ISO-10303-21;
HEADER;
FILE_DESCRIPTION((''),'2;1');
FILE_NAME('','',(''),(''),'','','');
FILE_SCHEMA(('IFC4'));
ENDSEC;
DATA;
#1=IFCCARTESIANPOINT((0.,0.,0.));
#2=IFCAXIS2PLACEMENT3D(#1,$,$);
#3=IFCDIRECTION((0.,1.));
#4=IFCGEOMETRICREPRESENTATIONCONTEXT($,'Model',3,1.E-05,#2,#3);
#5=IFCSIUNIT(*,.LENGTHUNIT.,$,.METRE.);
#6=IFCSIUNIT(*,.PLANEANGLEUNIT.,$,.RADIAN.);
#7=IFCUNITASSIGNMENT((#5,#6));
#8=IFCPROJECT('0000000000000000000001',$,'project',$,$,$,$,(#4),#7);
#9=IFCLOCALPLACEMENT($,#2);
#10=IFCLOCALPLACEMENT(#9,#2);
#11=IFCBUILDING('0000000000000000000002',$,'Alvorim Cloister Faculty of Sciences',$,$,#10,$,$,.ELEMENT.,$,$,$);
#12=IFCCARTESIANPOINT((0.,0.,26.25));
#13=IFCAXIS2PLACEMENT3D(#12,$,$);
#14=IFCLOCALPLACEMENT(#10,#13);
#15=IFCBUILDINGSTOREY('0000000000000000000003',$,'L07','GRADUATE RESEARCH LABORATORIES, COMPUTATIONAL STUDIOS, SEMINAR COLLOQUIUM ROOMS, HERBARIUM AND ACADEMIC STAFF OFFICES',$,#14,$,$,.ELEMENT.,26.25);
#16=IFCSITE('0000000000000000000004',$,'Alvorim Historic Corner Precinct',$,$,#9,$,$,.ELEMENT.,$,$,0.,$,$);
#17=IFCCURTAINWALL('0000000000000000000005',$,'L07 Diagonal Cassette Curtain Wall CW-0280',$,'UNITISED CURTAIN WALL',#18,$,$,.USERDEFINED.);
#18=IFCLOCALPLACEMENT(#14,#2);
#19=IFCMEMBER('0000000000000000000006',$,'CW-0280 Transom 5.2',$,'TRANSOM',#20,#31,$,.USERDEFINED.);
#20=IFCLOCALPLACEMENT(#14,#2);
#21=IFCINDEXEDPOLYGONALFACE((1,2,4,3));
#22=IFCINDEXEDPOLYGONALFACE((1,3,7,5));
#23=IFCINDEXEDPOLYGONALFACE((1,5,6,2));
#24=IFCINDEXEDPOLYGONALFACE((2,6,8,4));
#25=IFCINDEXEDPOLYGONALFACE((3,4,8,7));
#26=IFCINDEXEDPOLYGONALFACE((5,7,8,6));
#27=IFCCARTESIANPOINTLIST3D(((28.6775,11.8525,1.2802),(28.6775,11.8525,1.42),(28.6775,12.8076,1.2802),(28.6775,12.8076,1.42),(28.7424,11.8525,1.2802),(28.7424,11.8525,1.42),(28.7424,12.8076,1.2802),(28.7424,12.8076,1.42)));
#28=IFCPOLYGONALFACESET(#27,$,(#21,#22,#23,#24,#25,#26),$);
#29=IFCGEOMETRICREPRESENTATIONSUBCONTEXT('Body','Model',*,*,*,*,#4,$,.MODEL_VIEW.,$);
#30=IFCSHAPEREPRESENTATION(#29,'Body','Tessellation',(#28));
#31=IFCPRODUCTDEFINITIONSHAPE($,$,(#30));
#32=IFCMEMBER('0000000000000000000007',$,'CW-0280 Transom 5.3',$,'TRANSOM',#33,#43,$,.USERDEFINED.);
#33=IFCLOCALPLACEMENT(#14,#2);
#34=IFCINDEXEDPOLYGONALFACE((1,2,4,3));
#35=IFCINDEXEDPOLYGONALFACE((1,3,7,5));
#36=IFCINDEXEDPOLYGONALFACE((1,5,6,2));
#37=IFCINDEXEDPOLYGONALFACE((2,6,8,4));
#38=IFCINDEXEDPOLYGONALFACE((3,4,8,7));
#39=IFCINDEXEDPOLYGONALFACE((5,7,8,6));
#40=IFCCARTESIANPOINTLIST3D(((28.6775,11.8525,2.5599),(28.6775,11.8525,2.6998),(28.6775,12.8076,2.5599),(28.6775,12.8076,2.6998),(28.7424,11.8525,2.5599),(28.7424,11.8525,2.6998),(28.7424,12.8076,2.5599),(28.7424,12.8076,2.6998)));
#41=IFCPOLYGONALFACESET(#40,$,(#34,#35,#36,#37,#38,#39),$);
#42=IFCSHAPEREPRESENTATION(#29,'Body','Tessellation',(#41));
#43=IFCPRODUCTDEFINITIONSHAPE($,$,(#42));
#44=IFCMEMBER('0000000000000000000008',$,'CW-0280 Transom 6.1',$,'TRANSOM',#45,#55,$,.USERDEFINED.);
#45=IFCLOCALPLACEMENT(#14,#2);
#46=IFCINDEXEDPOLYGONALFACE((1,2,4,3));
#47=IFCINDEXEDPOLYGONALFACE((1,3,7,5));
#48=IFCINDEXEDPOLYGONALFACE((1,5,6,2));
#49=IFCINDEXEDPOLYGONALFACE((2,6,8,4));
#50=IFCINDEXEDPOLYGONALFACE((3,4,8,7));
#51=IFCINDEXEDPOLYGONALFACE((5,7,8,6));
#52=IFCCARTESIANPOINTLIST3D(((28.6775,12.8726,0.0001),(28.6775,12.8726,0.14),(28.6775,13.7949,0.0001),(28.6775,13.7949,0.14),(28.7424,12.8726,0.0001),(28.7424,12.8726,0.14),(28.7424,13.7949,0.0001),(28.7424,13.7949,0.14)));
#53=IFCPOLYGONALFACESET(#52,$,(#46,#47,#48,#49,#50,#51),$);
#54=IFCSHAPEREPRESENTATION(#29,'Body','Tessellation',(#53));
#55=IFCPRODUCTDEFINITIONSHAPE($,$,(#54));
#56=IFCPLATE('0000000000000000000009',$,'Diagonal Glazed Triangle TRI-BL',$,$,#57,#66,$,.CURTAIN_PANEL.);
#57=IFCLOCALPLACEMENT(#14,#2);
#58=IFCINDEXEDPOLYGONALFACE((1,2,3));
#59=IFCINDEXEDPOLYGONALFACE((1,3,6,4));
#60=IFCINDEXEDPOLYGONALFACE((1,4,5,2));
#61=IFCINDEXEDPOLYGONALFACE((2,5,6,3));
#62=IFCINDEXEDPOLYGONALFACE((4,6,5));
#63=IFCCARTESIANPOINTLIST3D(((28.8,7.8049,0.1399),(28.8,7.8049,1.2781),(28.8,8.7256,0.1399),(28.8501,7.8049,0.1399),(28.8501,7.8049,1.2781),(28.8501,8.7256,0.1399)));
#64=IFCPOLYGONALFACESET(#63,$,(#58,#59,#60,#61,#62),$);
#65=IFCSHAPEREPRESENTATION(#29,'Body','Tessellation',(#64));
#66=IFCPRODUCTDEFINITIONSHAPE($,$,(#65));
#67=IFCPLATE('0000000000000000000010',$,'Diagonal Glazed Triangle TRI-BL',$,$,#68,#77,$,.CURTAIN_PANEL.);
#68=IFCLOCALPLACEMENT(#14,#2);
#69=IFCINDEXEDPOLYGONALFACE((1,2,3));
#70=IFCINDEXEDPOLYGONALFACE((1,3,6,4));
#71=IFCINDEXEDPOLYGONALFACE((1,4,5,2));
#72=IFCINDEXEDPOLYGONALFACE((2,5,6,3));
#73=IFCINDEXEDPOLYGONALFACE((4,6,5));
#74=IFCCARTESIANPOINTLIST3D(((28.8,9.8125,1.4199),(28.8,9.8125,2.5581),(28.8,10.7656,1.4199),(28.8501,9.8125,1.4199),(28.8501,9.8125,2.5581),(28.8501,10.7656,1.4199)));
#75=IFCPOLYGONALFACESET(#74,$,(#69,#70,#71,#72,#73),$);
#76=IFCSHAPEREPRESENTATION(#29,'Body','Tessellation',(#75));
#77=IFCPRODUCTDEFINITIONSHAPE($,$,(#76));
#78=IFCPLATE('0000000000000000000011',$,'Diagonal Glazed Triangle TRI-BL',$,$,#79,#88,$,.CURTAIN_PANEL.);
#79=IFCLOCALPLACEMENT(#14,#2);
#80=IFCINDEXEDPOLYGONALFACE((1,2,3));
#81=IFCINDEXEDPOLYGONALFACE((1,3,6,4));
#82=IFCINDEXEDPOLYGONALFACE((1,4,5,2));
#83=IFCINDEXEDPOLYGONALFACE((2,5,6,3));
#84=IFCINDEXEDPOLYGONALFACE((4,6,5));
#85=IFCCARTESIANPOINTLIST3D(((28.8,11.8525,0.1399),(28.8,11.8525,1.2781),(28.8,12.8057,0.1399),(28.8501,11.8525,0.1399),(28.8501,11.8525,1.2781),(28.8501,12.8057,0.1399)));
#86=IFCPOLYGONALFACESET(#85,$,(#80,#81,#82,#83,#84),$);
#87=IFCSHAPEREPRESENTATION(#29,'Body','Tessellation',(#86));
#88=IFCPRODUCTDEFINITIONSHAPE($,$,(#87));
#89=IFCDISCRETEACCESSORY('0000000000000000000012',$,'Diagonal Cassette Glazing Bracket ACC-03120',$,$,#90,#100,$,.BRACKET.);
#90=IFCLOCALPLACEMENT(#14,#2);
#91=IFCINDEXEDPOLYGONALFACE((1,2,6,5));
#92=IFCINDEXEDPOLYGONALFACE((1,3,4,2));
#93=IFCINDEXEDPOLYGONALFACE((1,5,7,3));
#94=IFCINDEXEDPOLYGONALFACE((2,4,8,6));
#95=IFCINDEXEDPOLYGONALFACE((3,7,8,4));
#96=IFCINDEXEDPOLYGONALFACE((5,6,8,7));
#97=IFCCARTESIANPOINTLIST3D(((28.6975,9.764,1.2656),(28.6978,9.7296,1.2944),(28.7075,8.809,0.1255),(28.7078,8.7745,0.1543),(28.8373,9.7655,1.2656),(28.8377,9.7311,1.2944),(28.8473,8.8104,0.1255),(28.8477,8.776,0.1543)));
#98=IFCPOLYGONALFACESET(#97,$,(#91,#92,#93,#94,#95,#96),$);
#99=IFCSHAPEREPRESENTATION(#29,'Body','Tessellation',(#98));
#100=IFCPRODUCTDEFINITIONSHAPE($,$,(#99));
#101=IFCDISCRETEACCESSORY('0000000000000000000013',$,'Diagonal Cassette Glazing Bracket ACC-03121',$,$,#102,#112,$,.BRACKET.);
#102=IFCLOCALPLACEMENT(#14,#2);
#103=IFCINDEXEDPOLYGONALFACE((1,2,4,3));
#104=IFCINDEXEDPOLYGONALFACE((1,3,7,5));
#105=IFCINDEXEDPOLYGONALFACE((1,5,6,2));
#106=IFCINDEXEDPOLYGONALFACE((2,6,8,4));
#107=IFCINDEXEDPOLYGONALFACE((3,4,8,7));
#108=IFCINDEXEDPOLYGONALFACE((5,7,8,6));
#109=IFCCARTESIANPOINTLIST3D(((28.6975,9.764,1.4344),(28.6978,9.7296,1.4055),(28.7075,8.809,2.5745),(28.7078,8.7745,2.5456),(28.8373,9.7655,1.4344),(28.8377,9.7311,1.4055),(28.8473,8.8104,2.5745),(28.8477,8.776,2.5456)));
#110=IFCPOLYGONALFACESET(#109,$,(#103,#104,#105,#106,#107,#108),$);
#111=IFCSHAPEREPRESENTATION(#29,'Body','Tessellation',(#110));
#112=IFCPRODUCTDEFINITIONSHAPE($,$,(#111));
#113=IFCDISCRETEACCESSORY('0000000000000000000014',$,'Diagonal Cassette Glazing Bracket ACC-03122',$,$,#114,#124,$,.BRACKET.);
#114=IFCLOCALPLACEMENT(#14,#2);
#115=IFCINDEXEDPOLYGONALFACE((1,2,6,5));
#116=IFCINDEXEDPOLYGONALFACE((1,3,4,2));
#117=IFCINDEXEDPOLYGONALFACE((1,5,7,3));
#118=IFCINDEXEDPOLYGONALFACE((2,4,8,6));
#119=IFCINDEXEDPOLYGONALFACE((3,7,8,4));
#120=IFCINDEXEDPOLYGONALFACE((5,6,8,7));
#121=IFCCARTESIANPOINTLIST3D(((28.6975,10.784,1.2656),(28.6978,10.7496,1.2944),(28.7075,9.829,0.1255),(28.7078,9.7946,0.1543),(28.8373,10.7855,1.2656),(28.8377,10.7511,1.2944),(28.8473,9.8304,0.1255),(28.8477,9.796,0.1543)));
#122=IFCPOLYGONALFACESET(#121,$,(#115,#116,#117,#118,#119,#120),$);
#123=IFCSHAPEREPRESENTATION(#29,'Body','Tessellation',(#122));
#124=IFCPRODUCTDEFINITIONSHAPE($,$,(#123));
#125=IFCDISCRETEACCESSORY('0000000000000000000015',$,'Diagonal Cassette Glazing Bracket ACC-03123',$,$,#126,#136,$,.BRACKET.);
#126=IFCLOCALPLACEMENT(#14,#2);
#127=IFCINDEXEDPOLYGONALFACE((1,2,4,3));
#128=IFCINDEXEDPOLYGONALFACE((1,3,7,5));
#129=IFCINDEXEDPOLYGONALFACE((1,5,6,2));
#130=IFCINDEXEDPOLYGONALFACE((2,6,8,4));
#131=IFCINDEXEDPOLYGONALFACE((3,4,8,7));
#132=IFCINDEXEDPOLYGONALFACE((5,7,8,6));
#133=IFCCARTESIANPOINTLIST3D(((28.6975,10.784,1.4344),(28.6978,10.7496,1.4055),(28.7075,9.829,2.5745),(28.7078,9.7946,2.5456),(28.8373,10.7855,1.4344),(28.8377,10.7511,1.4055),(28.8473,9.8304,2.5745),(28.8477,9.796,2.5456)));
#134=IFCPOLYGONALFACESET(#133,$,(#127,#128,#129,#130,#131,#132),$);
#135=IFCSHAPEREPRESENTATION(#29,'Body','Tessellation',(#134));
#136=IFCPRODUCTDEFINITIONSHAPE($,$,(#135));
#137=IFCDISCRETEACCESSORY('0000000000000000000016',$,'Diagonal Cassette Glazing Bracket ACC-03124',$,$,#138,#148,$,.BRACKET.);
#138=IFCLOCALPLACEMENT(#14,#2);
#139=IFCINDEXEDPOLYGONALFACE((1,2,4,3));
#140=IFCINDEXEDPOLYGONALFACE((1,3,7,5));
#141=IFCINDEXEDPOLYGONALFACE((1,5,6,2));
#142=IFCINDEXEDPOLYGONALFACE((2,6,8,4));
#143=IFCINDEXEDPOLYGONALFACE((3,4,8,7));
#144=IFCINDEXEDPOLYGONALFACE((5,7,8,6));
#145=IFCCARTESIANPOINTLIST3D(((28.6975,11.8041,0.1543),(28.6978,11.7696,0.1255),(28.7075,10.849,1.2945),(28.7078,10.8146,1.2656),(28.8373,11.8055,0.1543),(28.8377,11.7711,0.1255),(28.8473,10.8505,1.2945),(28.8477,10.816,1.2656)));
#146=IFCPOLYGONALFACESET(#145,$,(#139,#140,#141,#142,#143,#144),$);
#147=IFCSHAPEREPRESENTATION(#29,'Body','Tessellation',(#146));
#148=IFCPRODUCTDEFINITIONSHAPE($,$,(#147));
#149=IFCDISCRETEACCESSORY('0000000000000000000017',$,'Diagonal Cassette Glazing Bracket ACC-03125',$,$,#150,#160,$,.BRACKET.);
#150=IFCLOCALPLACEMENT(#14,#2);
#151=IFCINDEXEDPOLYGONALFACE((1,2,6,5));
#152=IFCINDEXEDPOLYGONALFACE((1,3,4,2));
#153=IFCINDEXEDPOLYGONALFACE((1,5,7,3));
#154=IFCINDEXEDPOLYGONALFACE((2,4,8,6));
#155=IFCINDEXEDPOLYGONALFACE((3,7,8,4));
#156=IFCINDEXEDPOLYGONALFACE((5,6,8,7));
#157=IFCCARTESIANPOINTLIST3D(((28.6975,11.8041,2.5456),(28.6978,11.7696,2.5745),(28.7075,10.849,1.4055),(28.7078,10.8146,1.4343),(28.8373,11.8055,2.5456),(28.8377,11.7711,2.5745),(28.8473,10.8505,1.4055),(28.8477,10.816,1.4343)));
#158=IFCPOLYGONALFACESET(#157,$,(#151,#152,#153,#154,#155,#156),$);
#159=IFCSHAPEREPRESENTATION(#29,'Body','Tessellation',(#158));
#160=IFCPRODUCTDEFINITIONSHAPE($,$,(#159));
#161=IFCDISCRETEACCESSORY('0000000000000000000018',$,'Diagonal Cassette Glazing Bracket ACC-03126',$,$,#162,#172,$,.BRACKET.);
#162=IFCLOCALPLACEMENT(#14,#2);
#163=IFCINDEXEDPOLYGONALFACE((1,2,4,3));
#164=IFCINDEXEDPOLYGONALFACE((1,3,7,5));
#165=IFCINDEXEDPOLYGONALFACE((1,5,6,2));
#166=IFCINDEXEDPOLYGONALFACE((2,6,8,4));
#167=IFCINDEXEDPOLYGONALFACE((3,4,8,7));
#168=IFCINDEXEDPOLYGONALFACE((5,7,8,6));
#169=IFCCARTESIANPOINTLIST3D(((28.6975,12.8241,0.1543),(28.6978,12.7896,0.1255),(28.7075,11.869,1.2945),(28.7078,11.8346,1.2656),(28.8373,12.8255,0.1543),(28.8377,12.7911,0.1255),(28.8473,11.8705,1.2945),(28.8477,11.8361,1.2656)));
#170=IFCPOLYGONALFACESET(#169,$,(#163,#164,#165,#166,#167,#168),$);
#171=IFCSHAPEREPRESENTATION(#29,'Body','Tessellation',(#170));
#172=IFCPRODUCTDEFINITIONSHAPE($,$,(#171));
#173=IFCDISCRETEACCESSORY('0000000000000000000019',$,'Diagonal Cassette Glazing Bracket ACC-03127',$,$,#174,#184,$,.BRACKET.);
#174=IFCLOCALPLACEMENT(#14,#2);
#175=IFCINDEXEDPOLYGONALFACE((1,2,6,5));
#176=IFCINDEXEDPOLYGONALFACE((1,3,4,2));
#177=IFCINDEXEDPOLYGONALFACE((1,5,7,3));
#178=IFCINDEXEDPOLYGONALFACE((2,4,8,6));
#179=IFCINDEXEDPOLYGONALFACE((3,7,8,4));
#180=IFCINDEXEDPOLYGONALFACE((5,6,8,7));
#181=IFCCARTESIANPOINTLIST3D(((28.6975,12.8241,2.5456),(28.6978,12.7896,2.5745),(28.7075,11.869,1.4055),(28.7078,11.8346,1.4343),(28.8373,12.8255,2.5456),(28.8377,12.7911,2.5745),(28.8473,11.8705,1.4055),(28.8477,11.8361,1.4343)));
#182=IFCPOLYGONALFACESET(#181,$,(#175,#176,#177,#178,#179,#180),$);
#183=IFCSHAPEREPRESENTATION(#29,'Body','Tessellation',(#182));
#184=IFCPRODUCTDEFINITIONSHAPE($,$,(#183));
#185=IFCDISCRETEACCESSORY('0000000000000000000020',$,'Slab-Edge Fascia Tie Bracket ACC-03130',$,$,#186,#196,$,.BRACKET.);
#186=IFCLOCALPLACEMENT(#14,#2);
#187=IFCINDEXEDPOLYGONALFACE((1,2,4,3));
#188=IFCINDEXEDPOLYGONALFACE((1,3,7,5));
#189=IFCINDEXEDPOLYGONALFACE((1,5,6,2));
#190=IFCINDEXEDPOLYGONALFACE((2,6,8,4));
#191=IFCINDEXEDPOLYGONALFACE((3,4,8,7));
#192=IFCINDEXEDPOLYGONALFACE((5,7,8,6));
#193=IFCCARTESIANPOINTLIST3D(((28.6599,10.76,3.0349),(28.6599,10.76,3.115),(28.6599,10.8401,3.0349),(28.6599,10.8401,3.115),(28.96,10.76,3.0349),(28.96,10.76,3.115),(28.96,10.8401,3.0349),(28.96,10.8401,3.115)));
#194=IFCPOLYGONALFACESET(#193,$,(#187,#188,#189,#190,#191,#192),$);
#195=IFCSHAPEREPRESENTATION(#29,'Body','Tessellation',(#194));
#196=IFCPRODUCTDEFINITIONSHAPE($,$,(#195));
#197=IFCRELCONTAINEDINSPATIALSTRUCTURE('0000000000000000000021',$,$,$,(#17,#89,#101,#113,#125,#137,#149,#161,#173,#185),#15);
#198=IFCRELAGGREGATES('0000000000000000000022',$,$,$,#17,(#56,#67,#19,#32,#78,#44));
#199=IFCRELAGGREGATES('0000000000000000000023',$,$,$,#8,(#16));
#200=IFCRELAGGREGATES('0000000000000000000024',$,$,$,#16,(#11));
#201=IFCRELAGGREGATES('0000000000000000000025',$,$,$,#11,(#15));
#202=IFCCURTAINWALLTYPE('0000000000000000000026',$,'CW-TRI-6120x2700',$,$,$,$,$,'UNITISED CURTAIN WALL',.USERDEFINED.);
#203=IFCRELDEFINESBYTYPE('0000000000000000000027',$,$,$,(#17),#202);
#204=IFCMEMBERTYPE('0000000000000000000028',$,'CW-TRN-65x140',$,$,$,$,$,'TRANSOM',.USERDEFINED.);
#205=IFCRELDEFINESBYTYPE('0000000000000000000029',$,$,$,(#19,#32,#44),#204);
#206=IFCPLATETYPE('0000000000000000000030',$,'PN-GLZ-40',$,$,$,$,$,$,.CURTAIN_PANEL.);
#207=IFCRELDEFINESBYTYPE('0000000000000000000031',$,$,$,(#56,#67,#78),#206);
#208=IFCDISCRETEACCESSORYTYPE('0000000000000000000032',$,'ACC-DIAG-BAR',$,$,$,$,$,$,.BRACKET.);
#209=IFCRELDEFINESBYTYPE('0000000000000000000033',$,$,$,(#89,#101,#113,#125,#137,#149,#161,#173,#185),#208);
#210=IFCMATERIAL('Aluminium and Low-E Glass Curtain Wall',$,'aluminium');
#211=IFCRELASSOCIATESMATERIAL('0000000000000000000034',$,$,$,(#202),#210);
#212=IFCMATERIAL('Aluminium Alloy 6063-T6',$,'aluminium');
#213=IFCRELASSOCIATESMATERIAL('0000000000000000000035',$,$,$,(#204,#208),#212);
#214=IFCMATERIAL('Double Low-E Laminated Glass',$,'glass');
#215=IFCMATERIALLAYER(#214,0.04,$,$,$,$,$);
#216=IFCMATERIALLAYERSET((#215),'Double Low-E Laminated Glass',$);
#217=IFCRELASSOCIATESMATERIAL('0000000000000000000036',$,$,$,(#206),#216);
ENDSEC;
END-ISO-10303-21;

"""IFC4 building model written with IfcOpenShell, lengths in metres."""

from ifc_helpers import new_model, si_unit, direction, frame, origin, origin_2d, place, context, subcontext, project, spatial, polyline, rectangle, outline, extrude, material, layer, layer_set, material_profile, profile_set, type_object, element, aggregate, save


model = new_model("IFC4")

# Units and contexts
model_context = context("Model", 3, precision=1e-05, world=origin(), true_north=direction((0.0, 1.0)))
body_context = subcontext(model_context, "Body", "Model", "MODEL_VIEW")
ifc_project = project(units=[si_unit("LENGTHUNIT", "METRE"), si_unit("PLANEANGLEUNIT", "RADIAN")], contexts=[model_context])

# Site, building, storey
site_placement = place(None, origin())
site = spatial("IfcSite", under=ifc_project, at=site_placement, Name="Alvorim Historic Corner Precinct", CompositionType="ELEMENT", RefElevation=0.0)
building_placement = place(site_placement, origin())
building = spatial("IfcBuilding", under=site, at=building_placement, Name="Alvorim Cloister Faculty of Sciences", CompositionType="ELEMENT")
storey_placement = place(building_placement, frame((0.0, 0.0, 26.25)))
storey = spatial("IfcBuildingStorey", under=building, at=storey_placement, Name="L07", Description="GRADUATE RESEARCH LABORATORIES, COMPUTATIONAL STUDIOS, SEMINAR COLLOQUIUM ROOMS, HERBARIUM AND ACADEMIC STAFF OFFICES", CompositionType="ELEMENT", Elevation=26.25)

# Curtain wall, members, plates
ifc_material_1 = material(Name="Aluminium and Low-E Glass Curtain Wall", Category="aluminium")
curtain_wall_type = type_object("IfcCurtainWallType", Name="CW-TRI-6120x2700", ElementType="UNITISED CURTAIN WALL", PredefinedType="USERDEFINED", material=ifc_material_1)
curtain_wall_placement = place(storey_placement, origin())
curtain_wall = element("IfcCurtainWall", 1, at=curtain_wall_placement, inside=storey, type_object=curtain_wall_type, Name="L07 Diagonal Cassette Curtain Wall CW-0280", ObjectType="UNITISED CURTAIN WALL", PredefinedType="USERDEFINED")
ifc_material_2 = material(Name="Aluminium Alloy 6063-T6", Category="aluminium")
ifc_material_profile_1 = material_profile(ifc_material_2, rectangle(XDim=0.0649, YDim=0.1399, at=origin_2d()), Name="ALU-TRN-65x140")
ifc_profile_set_1 = profile_set([ifc_material_profile_1], Name="Aluminium Alloy 6063-T6")
member_type_1 = type_object("IfcMemberType", Name="CW-TRN-65x140", ElementType="TRANSOM", PredefinedType="USERDEFINED", material=ifc_profile_set_1)
member_1_placement = place(storey_placement, frame((28.71, 11.8525, 1.3501), z_axis=(0.0, 1.0, 0.0), x_axis=(-1.0, 0.0, 0.0)))
member_1 = element("IfcMember", 2, at=member_1_placement, type_object=member_type_1, Name="CW-0280 Transom 5.2", ObjectType="TRANSOM", PredefinedType="USERDEFINED", context=body_context, shape_type="SweptSolid", body=[
    extrude(rectangle(XDim=0.0649, YDim=0.1399, at=origin_2d()), origin(), (0.0, 0.0, 1.0), 0.9551),
])
member_2_placement = place(storey_placement, frame((28.71, 11.8525, 2.6299), z_axis=(0.0, 1.0, 0.0), x_axis=(-1.0, 0.0, 0.0)))
member_2 = element("IfcMember", 3, at=member_2_placement, type_object=member_type_1, Name="CW-0280 Transom 5.3", ObjectType="TRANSOM", PredefinedType="USERDEFINED", context=body_context, shape_type="SweptSolid", body=[
    extrude(rectangle(XDim=0.0649, YDim=0.1399, at=origin_2d()), origin(), (0.0, 0.0, 1.0), 0.9551),
])
member_3_placement = place(storey_placement, frame((28.71, 12.8726, 0.0701), z_axis=(0.0, 1.0, 0.0), x_axis=(-1.0, 0.0, 0.0)))
member_3 = element("IfcMember", 4, at=member_3_placement, type_object=member_type_1, Name="CW-0280 Transom 6.1", ObjectType="TRANSOM", PredefinedType="USERDEFINED", context=body_context, shape_type="SweptSolid", body=[
    extrude(rectangle(XDim=0.0649, YDim=0.1399, at=origin_2d()), origin(), (0.0, 0.0, 1.0), 0.9224),
])
ifc_material_3 = material(Name="Double Low-E Laminated Glass", Category="glass")
ifc_layer = layer(ifc_material_3, 0.04)
ifc_layer_set = layer_set([ifc_layer], Name="Double Low-E Laminated Glass")
plate_type = type_object("IfcPlateType", Name="PN-GLZ-40", PredefinedType="CURTAIN_PANEL", material=ifc_layer_set)
plate_1_placement = place(storey_placement, frame((28.825, 7.8049, 0.1399), z_axis=(0.0, 0.0, 1.0), x_axis=(0.0, 1.0, 0.0)))
plate_1 = element("IfcPlate", 5, at=plate_1_placement, type_object=plate_type, Name="Diagonal Glazed Triangle TRI-BL", PredefinedType="CURTAIN_PANEL", context=body_context, shape_type="SweptSolid", body=[
    extrude(outline(polyline([(0.0, 0.0), (0.9207, 0.0), (0.0, 1.1382), (0.0, 0.0)])), frame((0.0, 0.0249, 0.0), z_axis=(0.0, -1.0, 0.0), x_axis=(1.0, 0.0, 0.0)), (0.0, 0.0, 1.0), 0.05),
])
plate_2_placement = place(storey_placement, frame((28.825, 9.8125, 1.4199), z_axis=(0.0, 0.0, 1.0), x_axis=(0.0, 1.0, 0.0)))
plate_2 = element("IfcPlate", 6, at=plate_2_placement, type_object=plate_type, Name="Diagonal Glazed Triangle TRI-BL", PredefinedType="CURTAIN_PANEL", context=body_context, shape_type="SweptSolid", body=[
    extrude(outline(polyline([(0.0, 0.0), (0.9531, 0.0), (0.0, 1.1382), (0.0, 0.0)])), frame((0.0, 0.0249, 0.0), z_axis=(0.0, -1.0, 0.0), x_axis=(1.0, 0.0, 0.0)), (0.0, 0.0, 1.0), 0.05),
])
plate_3_placement = place(storey_placement, frame((28.825, 11.8525, 0.1399), z_axis=(0.0, 0.0, 1.0), x_axis=(0.0, 1.0, 0.0)))
plate_3 = element("IfcPlate", 7, at=plate_3_placement, type_object=plate_type, Name="Diagonal Glazed Triangle TRI-BL", PredefinedType="CURTAIN_PANEL", context=body_context, shape_type="SweptSolid", body=[
    extrude(outline(polyline([(0.0, 0.0), (0.9531, 0.0), (0.0, 1.1382), (0.0, 0.0)])), frame((0.0, 0.0249, 0.0), z_axis=(0.0, -1.0, 0.0), x_axis=(1.0, 0.0, 0.0)), (0.0, 0.0, 1.0), 0.05),
])
aggregate(curtain_wall, [plate_1, plate_2, member_1, member_2, plate_3, member_3])

# Discrete accessories
discrete_accessory_type = type_object("IfcDiscreteAccessoryType", Name="ACC-DIAG-BAR", PredefinedType="BRACKET", material=ifc_material_2)
for number, where, z_axis, x_axis, name in (
    (8, (28.7776, 8.7925, 0.1399), (-0.00673, 0.642138, 0.76656), (-0.999945, -0.01048, 0.0), "Diagonal Cassette Glazing Bracket ACC-03120"),
    (9, (28.7776, 8.7925, 2.5601), (-0.00673, 0.642138, -0.76656), (-0.999945, -0.01048, 0.0), "Diagonal Cassette Glazing Bracket ACC-03121"),
    (10, (28.7776, 9.8125, 0.1399), (-0.00673, 0.642138, 0.76656), (-0.999945, -0.01048, 0.0), "Diagonal Cassette Glazing Bracket ACC-03122"),
    (11, (28.7776, 9.8125, 2.5601), (-0.00673, 0.642138, -0.76656), (-0.999945, -0.01048, 0.0), "Diagonal Cassette Glazing Bracket ACC-03123"),
    (12, (28.7776, 10.8325, 1.28), (-0.00673, 0.642138, -0.76656), (-0.999945, -0.01048, 0.0), "Diagonal Cassette Glazing Bracket ACC-03124"),
    (13, (28.7776, 10.8325, 1.4199), (-0.00673, 0.642138, 0.76656), (-0.999945, -0.01048, 0.0), "Diagonal Cassette Glazing Bracket ACC-03125"),
    (14, (28.7776, 11.8525, 1.28), (-0.00673, 0.642138, -0.76656), (-0.999945, -0.01048, 0.0), "Diagonal Cassette Glazing Bracket ACC-03126"),
    (15, (28.7776, 11.8525, 1.4199), (-0.00673, 0.642138, 0.76656), (-0.999945, -0.01048, 0.0), "Diagonal Cassette Glazing Bracket ACC-03127"),
):
    element("IfcDiscreteAccessory", number, at=place(storey_placement, frame(where, z_axis=z_axis, x_axis=x_axis)), inside=storey, type_object=discrete_accessory_type, Name=name, PredefinedType="BRACKET", context=body_context, shape_type="SweptSolid", body=[
        extrude(rectangle(XDim=0.1399, YDim=0.0449, at=origin_2d()), origin(), (0.0, 0.0, 1.0), 1.4873),
    ])
discrete_accessory_placement = place(storey_placement, frame((28.6599, 10.8, 3.075), z_axis=(1.0, 0.0, 0.0), x_axis=(0.0, 1.0, 0.0)))
element("IfcDiscreteAccessory", 16, at=discrete_accessory_placement, inside=storey, type_object=discrete_accessory_type, Name="Slab-Edge Fascia Tie Bracket ACC-03130", PredefinedType="BRACKET", context=body_context, shape_type="SweptSolid", body=[
    extrude(rectangle(XDim=0.0801, YDim=0.0801, at=origin_2d()), origin(), (0.0, 0.0, 1.0), 0.3),
])

save(model, "model.ifc")
